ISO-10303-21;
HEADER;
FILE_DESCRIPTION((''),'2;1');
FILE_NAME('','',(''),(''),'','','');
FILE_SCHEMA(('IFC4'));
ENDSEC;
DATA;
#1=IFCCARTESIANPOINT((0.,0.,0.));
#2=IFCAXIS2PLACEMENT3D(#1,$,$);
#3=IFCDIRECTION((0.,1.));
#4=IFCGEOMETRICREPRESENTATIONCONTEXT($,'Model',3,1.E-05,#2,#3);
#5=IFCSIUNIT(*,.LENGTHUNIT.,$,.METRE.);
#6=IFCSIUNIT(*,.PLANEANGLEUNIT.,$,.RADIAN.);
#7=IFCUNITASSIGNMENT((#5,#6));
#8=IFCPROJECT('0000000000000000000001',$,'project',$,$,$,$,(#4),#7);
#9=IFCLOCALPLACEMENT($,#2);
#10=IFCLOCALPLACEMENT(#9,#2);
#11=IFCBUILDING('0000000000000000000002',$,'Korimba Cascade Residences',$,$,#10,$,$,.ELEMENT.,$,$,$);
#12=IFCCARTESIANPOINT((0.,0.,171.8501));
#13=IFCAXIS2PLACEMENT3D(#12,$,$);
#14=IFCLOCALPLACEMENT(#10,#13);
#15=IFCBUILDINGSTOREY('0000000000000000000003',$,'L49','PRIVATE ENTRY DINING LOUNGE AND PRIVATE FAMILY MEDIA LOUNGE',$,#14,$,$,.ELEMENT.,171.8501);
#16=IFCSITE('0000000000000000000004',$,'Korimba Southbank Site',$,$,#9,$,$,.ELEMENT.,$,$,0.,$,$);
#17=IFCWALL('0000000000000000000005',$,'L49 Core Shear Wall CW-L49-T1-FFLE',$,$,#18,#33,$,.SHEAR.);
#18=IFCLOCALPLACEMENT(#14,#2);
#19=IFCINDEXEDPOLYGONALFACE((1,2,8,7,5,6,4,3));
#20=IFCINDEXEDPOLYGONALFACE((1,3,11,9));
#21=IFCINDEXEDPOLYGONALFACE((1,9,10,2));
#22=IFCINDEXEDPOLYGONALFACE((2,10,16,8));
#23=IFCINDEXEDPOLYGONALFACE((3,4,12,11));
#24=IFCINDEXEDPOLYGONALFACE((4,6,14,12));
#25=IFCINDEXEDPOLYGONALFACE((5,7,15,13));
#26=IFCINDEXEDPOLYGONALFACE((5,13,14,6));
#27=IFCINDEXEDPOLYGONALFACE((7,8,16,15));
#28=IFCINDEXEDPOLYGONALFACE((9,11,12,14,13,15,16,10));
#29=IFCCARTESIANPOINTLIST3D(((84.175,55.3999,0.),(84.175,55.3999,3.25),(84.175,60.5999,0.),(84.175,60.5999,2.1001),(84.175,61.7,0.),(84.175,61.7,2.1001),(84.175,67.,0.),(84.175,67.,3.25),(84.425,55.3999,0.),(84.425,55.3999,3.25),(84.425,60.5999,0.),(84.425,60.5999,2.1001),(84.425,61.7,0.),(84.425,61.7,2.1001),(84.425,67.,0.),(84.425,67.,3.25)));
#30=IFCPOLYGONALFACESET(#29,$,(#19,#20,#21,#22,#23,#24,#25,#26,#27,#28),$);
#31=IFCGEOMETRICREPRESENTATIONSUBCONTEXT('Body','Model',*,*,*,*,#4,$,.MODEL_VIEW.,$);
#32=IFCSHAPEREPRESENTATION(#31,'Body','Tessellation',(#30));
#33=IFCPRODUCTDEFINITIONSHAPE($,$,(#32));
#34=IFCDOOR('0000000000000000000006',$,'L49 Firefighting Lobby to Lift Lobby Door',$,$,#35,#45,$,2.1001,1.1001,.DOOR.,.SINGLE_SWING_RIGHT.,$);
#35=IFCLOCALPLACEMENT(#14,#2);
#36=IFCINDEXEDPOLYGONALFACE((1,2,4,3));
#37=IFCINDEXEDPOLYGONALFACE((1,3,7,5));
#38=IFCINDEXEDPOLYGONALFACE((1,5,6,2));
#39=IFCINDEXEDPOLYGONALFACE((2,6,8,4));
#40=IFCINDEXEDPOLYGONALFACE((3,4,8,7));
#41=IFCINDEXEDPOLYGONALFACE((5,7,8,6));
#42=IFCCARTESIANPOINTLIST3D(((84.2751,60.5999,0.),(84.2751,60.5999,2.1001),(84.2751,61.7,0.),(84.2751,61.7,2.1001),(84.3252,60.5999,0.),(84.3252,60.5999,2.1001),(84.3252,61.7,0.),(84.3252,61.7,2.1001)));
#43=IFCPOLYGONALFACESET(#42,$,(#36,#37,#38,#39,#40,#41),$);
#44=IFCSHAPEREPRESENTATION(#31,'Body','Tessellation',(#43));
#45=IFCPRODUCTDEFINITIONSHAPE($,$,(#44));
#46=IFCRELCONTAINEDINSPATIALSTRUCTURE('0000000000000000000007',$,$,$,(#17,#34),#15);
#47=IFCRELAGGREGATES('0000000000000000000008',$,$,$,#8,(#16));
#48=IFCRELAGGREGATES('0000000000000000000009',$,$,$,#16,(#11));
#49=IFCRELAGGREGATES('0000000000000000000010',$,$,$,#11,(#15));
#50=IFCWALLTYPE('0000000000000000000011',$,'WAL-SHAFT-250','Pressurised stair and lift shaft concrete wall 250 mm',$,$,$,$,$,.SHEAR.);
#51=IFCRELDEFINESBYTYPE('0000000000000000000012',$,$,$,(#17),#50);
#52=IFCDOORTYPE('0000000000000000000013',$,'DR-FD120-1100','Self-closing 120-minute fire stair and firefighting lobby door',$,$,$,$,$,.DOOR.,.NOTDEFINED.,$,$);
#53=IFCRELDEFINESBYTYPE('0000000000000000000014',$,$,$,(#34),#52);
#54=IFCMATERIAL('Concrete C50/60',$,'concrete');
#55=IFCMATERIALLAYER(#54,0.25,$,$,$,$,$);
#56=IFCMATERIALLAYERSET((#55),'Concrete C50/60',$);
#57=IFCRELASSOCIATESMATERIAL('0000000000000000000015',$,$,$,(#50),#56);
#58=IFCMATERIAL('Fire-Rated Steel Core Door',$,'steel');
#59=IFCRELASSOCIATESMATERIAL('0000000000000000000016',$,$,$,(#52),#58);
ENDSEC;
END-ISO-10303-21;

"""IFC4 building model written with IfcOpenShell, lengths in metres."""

from ifc_helpers import new_model, si_unit, direction, frame, frame_2d, origin, place, context, subcontext, project, spatial, rectangle, extrude, material, layer, layer_set, type_object, element, fill, save


model = new_model("IFC4")

# Units and contexts
model_context = context("Model", 3, precision=1e-05, world=origin(), true_north=direction((0.0, 1.0)))
body_context = subcontext(model_context, "Body", "Model", "MODEL_VIEW")
ifc_project = project(units=[si_unit("LENGTHUNIT", "METRE"), si_unit("PLANEANGLEUNIT", "RADIAN")], contexts=[model_context])

# Site, building, storey
site_placement = place(None, origin())
site = spatial("IfcSite", under=ifc_project, at=site_placement, Name="Korimba Southbank Site", CompositionType="ELEMENT", RefElevation=0.0)
building_placement = place(site_placement, origin())
building = spatial("IfcBuilding", under=site, at=building_placement, Name="Korimba Cascade Residences", CompositionType="ELEMENT")
storey_placement = place(building_placement, frame((0.0, 0.0, 171.8501)))
storey = spatial("IfcBuildingStorey", under=building, at=storey_placement, Name="L49", Description="PRIVATE ENTRY DINING LOUNGE AND PRIVATE FAMILY MEDIA LOUNGE", CompositionType="ELEMENT", Elevation=171.8501)

# Shared definitions
ifc_material_1 = material(Name="Concrete C50/60", Category="concrete")
ifc_layer_1 = layer(ifc_material_1, 0.25)
ifc_layer_set_1 = layer_set([ifc_layer_1], Name="Concrete C50/60")
wall_type_1 = type_object("IfcWallType", Name="WAL-SHAFT-250", Description="Pressurised stair and lift shaft concrete wall 250 mm", PredefinedType="SHEAR", material=ifc_layer_set_1)
ifc_material_2 = material(Name="Fire-Rated Steel Core Door", Category="steel")
door_type_1 = type_object("IfcDoorType", Name="DR-FD120-1100", Description="Self-closing 120-minute fire stair and firefighting lobby door", OperationType="NOTDEFINED", PredefinedType="DOOR", material=ifc_material_2)

# Wall, opening, door
wall_1_placement = place(storey_placement, frame((84.3, 55.3999, 0.0), z_axis=(0.0, 0.0, 1.0), x_axis=(0.0, 1.0, 0.0)))
wall_1 = element("IfcWall", 1, at=wall_1_placement, inside=storey, type_object=wall_type_1, Name="L49 Core Shear Wall CW-L49-T1-FFLE", PredefinedType="SHEAR", context=body_context, shape_type="SweptSolid", body=[
    extrude(rectangle(XDim=11.6001, YDim=0.25, at=frame_2d((5.8, 0.0))), origin(), (0.0, 0.0, 1.0), 3.25),
])
opening_1_placement = place(wall_1_placement, frame((5.2, 0.0, 0.0)))
opening_1 = element("IfcOpeningElement", 2, at=opening_1_placement, cuts=wall_1, PredefinedType="OPENING", context=body_context, shape_type="SweptSolid", body=[
    extrude(rectangle(XDim=1.1001, YDim=2.1001, at=frame_2d((0.55, 1.05))), frame((0.0, 0.135, 0.0), z_axis=(0.0, -1.0, 0.0), x_axis=(1.0, 0.0, 0.0)), (0.0, 0.0, 1.0), 0.27),
])
door_1_placement = place(opening_1_placement, origin())
door_1 = element("IfcDoor", 3, at=door_1_placement, inside=storey, type_object=door_type_1, Name="L49 Firefighting Lobby to Lift Lobby Door", OperationType="SINGLE_SWING_RIGHT", OverallHeight=2.1001, OverallWidth=1.1001, PredefinedType="DOOR", context=body_context, shape_type="SweptSolid", body=[
    extrude(rectangle(XDim=1.1001, YDim=2.1001, at=frame_2d((0.55, 1.05))), frame((0.0, 0.0249, 0.0), z_axis=(0.0, -1.0, 0.0), x_axis=(1.0, 0.0, 0.0)), (0.0, 0.0, 1.0), 0.05),
])
fill(opening_1, door_1)

save(model, "model.ifc")
